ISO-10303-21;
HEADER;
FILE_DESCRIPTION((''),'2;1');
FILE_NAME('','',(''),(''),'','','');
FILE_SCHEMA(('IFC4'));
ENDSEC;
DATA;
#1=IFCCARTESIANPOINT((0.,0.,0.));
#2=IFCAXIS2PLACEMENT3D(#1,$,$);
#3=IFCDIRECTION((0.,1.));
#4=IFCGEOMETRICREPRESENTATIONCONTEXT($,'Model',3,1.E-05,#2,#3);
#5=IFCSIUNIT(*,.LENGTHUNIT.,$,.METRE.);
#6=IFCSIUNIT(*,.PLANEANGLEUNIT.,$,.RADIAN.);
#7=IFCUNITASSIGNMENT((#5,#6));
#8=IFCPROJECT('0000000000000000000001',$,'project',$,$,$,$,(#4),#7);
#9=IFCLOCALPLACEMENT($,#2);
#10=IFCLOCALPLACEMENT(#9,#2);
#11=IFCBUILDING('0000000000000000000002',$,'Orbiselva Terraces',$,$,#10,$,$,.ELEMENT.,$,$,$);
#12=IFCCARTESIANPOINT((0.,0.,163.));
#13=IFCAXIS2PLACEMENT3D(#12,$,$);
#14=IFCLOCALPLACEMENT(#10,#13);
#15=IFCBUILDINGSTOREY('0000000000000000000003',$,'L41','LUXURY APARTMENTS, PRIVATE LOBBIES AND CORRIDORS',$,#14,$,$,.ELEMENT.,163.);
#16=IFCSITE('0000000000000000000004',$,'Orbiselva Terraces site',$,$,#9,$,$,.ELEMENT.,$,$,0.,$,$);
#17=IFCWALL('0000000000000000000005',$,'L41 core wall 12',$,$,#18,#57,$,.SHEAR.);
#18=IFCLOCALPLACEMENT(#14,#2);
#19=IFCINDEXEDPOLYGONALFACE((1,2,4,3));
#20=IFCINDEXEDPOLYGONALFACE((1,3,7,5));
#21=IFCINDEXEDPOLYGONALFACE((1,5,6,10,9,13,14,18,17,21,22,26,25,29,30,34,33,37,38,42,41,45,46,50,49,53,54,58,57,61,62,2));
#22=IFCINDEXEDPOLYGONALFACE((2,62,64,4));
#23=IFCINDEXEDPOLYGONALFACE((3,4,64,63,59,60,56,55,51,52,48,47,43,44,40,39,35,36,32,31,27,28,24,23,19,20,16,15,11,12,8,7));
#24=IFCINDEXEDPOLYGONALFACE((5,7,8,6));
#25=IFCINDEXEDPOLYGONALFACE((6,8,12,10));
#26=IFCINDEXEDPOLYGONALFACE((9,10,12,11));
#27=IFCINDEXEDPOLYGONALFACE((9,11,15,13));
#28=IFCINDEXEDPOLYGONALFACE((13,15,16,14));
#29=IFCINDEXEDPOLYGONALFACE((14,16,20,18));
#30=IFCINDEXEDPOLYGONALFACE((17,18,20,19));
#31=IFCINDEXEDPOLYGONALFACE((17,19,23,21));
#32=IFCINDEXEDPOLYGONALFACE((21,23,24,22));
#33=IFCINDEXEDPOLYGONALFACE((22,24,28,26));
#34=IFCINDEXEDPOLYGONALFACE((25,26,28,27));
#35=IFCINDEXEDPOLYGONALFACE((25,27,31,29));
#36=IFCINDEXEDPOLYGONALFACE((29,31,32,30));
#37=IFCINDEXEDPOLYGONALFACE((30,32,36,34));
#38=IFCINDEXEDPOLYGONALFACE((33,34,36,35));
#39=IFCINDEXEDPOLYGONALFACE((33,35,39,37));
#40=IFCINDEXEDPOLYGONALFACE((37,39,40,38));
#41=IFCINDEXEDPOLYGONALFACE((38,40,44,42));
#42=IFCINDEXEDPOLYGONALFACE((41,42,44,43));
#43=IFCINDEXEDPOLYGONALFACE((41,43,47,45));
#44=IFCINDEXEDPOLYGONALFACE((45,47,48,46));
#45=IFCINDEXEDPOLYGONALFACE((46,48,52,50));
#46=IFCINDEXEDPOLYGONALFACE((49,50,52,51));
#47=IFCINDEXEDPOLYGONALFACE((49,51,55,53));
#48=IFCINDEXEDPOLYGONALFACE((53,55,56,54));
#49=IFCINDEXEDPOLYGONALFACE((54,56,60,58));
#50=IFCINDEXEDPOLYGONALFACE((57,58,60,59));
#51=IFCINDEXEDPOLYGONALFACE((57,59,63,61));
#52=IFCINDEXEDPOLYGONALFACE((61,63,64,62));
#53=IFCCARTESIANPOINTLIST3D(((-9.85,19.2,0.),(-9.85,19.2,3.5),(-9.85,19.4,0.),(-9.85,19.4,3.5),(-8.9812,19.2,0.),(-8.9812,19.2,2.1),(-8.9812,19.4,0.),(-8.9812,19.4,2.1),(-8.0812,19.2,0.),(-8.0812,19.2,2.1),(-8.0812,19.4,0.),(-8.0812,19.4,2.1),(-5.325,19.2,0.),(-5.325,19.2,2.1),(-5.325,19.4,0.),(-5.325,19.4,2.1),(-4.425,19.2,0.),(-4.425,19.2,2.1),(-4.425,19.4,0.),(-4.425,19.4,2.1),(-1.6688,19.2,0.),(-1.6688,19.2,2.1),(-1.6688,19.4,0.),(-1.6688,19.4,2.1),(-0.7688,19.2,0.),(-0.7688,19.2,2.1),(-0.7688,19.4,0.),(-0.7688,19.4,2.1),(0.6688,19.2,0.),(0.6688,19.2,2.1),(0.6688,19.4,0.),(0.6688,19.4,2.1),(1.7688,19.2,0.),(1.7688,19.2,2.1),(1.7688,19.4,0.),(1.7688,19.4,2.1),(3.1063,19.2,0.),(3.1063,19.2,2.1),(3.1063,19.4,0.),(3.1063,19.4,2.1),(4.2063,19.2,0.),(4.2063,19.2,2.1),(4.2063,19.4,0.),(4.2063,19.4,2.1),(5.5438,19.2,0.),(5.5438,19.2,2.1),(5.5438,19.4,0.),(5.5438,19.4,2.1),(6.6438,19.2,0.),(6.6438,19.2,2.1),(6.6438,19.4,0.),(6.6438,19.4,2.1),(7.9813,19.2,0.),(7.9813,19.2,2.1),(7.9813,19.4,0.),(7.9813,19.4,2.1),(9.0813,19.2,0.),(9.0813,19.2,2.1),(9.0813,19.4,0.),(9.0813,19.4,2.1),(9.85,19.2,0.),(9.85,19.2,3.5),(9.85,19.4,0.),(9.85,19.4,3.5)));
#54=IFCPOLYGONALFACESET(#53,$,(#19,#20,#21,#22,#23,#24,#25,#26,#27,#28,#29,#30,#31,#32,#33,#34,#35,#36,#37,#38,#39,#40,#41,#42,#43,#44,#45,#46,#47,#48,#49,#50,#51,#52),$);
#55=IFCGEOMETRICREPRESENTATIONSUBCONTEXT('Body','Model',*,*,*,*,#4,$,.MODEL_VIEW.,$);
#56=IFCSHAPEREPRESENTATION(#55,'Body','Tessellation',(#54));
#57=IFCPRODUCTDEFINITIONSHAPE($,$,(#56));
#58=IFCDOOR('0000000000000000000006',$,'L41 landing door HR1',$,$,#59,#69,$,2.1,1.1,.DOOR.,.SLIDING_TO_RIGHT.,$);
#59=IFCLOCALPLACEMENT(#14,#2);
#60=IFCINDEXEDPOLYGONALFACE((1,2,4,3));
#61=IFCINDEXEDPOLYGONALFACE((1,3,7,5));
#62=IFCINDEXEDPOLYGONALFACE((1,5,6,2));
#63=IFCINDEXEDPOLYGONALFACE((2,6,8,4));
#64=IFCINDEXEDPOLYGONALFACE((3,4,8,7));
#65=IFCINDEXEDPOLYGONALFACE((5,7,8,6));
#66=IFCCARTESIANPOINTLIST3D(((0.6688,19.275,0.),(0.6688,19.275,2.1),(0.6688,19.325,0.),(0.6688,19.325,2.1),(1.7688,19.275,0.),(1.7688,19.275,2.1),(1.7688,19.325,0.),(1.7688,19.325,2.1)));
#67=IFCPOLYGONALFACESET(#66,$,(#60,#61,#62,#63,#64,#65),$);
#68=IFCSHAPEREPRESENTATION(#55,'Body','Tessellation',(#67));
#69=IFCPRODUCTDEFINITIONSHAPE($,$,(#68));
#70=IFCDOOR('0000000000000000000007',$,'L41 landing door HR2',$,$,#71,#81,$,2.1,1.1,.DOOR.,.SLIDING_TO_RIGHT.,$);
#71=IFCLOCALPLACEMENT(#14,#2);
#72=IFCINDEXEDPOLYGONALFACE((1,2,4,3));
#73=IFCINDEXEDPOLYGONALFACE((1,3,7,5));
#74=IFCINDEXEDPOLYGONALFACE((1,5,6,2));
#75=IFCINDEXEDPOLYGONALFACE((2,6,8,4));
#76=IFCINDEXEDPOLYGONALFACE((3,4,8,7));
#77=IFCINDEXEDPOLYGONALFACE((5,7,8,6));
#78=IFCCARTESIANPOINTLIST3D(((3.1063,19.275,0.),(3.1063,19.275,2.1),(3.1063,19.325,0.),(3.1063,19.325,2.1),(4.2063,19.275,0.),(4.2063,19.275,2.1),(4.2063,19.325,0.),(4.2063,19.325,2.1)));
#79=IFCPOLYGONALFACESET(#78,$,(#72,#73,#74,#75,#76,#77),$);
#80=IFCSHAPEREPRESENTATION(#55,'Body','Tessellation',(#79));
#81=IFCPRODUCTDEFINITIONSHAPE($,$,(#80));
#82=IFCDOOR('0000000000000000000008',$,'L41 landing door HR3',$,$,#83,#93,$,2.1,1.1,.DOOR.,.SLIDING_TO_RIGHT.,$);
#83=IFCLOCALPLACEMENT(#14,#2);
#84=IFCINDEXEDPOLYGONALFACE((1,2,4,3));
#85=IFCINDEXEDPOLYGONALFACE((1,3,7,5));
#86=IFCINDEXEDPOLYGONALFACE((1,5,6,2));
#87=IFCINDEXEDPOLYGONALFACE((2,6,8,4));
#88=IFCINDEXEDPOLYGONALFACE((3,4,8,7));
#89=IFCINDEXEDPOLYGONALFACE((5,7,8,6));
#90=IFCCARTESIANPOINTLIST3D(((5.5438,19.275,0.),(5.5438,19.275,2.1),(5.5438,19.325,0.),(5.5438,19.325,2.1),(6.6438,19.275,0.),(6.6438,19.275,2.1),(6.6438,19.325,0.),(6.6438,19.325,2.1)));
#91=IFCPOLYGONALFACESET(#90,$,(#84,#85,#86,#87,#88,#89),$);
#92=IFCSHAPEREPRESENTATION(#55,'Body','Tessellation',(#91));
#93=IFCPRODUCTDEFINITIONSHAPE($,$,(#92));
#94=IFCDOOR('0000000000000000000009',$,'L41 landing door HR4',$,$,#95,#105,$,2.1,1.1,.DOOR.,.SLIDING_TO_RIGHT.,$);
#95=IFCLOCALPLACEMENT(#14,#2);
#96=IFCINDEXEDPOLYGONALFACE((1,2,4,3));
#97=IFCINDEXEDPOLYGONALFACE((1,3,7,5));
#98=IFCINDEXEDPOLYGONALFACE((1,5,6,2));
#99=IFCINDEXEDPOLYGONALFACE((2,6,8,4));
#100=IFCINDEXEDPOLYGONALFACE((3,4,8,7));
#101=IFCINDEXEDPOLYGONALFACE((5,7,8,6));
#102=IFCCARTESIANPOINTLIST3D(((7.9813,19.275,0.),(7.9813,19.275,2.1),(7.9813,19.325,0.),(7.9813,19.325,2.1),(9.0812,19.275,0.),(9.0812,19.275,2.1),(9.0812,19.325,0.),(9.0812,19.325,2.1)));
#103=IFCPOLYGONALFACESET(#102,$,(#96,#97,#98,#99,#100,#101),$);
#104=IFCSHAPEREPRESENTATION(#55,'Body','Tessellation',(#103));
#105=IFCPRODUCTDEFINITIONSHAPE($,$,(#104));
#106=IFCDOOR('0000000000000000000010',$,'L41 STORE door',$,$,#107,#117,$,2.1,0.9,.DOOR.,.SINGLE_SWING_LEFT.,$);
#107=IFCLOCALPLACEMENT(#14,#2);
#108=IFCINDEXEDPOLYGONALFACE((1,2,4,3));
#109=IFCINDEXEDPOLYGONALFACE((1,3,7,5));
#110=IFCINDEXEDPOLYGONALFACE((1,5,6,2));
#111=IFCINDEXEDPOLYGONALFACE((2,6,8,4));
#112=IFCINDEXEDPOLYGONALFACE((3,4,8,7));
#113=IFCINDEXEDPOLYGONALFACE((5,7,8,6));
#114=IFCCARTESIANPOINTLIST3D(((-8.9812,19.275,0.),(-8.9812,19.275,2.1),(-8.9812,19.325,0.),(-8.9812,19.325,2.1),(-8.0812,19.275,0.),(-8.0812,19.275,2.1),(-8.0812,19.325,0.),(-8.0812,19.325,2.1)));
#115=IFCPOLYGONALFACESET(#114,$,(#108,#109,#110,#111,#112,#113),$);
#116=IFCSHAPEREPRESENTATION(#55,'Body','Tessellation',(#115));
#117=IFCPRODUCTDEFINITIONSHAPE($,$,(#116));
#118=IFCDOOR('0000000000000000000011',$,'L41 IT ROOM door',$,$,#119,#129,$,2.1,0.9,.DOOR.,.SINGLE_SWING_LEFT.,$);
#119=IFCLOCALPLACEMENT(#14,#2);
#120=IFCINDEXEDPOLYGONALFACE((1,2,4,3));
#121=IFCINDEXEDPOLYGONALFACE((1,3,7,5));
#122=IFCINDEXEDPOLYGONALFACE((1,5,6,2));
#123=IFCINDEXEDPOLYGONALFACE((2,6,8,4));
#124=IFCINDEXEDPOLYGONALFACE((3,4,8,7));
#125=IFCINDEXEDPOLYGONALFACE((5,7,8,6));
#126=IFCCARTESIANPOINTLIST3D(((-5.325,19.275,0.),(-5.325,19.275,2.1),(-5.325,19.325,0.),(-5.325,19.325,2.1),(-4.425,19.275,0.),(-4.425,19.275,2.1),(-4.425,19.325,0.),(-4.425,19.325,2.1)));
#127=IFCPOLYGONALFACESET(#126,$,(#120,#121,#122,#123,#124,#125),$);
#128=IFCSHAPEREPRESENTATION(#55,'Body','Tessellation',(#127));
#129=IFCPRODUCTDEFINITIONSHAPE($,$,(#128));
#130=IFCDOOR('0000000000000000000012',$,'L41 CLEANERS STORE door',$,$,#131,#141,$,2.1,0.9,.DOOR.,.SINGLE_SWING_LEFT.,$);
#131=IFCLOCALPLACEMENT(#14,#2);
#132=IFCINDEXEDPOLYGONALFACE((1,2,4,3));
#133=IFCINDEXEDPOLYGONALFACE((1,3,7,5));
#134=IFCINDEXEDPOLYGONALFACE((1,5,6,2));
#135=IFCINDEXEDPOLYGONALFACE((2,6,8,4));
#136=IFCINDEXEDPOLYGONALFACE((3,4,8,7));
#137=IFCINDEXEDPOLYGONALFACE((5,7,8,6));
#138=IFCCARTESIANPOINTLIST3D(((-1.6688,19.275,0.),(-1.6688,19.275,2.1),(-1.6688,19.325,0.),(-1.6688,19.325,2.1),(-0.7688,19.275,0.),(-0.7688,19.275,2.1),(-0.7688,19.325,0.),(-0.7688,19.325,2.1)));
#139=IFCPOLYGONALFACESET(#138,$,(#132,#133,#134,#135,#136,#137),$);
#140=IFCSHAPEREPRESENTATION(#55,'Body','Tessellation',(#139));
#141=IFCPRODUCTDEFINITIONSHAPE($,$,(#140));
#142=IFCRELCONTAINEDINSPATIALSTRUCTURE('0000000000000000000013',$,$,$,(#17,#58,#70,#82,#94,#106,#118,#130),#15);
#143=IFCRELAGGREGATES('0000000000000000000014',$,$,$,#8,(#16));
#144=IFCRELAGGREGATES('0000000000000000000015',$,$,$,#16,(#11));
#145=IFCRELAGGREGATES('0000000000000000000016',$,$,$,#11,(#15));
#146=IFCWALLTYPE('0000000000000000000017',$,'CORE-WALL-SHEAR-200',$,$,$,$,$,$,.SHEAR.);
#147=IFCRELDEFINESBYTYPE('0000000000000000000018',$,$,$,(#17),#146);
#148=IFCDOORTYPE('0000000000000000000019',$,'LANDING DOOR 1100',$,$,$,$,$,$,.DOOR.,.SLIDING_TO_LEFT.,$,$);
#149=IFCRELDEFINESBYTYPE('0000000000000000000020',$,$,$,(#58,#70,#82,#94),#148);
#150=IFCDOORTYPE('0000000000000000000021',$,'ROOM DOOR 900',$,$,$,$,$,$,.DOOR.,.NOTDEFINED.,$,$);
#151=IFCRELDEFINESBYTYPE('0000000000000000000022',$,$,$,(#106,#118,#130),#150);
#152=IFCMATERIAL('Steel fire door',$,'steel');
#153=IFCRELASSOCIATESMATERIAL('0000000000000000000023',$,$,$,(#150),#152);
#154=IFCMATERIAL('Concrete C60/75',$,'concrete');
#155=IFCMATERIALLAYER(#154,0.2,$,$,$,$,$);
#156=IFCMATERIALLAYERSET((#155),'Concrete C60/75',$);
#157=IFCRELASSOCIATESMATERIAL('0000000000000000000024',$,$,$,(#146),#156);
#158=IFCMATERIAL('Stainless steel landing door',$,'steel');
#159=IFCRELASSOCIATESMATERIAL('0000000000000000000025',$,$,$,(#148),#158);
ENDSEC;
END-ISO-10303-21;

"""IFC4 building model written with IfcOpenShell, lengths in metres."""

from ifc_helpers import new_model, si_unit, direction, frame, frame_2d, origin, place, context, subcontext, project, spatial, rectangle, extrude, material, layer, layer_set, type_object, element, fill, save


model = new_model("IFC4")

# Units and contexts
model_context = context("Model", 3, precision=1e-05, world=origin(), true_north=direction((0.0, 1.0)))
body_context = subcontext(model_context, "Body", "Model", "MODEL_VIEW")
ifc_project = project(units=[si_unit("LENGTHUNIT", "METRE"), si_unit("PLANEANGLEUNIT", "RADIAN")], contexts=[model_context])

# Site, building, storey
site_placement = place(None, origin())
site = spatial("IfcSite", under=ifc_project, at=site_placement, Name="Orbiselva Terraces site", CompositionType="ELEMENT", RefElevation=0.0)
building_placement = place(site_placement, origin())
building = spatial("IfcBuilding", under=site, at=building_placement, Name="Orbiselva Terraces", CompositionType="ELEMENT")
storey_placement = place(building_placement, frame((0.0, 0.0, 163.0)))
storey = spatial("IfcBuildingStorey", under=building, at=storey_placement, Name="L41", Description="LUXURY APARTMENTS, PRIVATE LOBBIES AND CORRIDORS", CompositionType="ELEMENT", Elevation=163.0)

# Shared definitions
ifc_material_1 = material(Name="Steel fire door", Category="steel")
door_type_1 = type_object("IfcDoorType", Name="ROOM DOOR 900", OperationType="NOTDEFINED", PredefinedType="DOOR", material=ifc_material_1)

# Shared definitions
ifc_material_2 = material(Name="Concrete C60/75", Category="concrete")
ifc_layer_1 = layer(ifc_material_2, 0.2)
ifc_layer_set_1 = layer_set([ifc_layer_1], Name="Concrete C60/75")
wall_type_1 = type_object("IfcWallType", Name="CORE-WALL-SHEAR-200", PredefinedType="SHEAR", material=ifc_layer_set_1)

# Wall, openings, doors
wall_1_placement = place(storey_placement, frame((-9.85, 19.3, 0.0), z_axis=(0.0, 0.0, 1.0), x_axis=(1.0, 0.0, 0.0)))
wall_1 = element("IfcWall", 1, at=wall_1_placement, inside=storey, type_object=wall_type_1, Name="L41 core wall 12", PredefinedType="SHEAR", context=body_context, shape_type="SweptSolid", body=[
    extrude(rectangle(XDim=19.7, YDim=0.2, at=frame_2d((9.85, 0.0))), origin(), (0.0, 0.0, 1.0), 3.5),
])
opening_1_placement = place(wall_1_placement, frame((10.5188, 0.0, 0.0)))
opening_1 = element("IfcOpeningElement", 2, at=opening_1_placement, cuts=wall_1, PredefinedType="OPENING", context=body_context, shape_type="SweptSolid", body=[
    extrude(rectangle(XDim=1.1, YDim=2.1, at=frame_2d((0.55, 1.05))), frame((0.0, 0.11, 0.0), z_axis=(0.0, -1.0, 0.0), x_axis=(1.0, 0.0, 0.0)), (0.0, 0.0, 1.0), 0.22),
])
opening_2_placement = place(wall_1_placement, frame((12.9563, 0.0, 0.0)))
opening_2 = element("IfcOpeningElement", 3, at=opening_2_placement, cuts=wall_1, PredefinedType="OPENING", context=body_context, shape_type="SweptSolid", body=[
    extrude(rectangle(XDim=1.1, YDim=2.1, at=frame_2d((0.55, 1.05))), frame((0.0, 0.11, 0.0), z_axis=(0.0, -1.0, 0.0), x_axis=(1.0, 0.0, 0.0)), (0.0, 0.0, 1.0), 0.22),
])
opening_3_placement = place(wall_1_placement, frame((15.3938, 0.0, 0.0)))
opening_3 = element("IfcOpeningElement", 4, at=opening_3_placement, cuts=wall_1, PredefinedType="OPENING", context=body_context, shape_type="SweptSolid", body=[
    extrude(rectangle(XDim=1.1, YDim=2.1, at=frame_2d((0.55, 1.05))), frame((0.0, 0.11, 0.0), z_axis=(0.0, -1.0, 0.0), x_axis=(1.0, 0.0, 0.0)), (0.0, 0.0, 1.0), 0.22),
])
opening_4_placement = place(wall_1_placement, frame((17.8313, 0.0, 0.0)))
opening_4 = element("IfcOpeningElement", 5, at=opening_4_placement, cuts=wall_1, PredefinedType="OPENING", context=body_context, shape_type="SweptSolid", body=[
    extrude(rectangle(XDim=1.1, YDim=2.1, at=frame_2d((0.55, 1.05))), frame((0.0, 0.11, 0.0), z_axis=(0.0, -1.0, 0.0), x_axis=(1.0, 0.0, 0.0)), (0.0, 0.0, 1.0), 0.22),
])
opening_5_placement = place(wall_1_placement, frame((0.8688, 0.0, 0.0)))
opening_5 = element("IfcOpeningElement", 6, at=opening_5_placement, cuts=wall_1, PredefinedType="OPENING", context=body_context, shape_type="SweptSolid", body=[
    extrude(rectangle(XDim=0.9, YDim=2.1, at=frame_2d((0.45, 1.05))), frame((0.0, 0.11, 0.0), z_axis=(0.0, -1.0, 0.0), x_axis=(1.0, 0.0, 0.0)), (0.0, 0.0, 1.0), 0.22),
])
opening_6_placement = place(wall_1_placement, frame((4.525, 0.0, 0.0)))
opening_6 = element("IfcOpeningElement", 7, at=opening_6_placement, cuts=wall_1, PredefinedType="OPENING", context=body_context, shape_type="SweptSolid", body=[
    extrude(rectangle(XDim=0.9, YDim=2.1, at=frame_2d((0.45, 1.05))), frame((0.0, 0.11, 0.0), z_axis=(0.0, -1.0, 0.0), x_axis=(1.0, 0.0, 0.0)), (0.0, 0.0, 1.0), 0.22),
])
opening_7_placement = place(wall_1_placement, frame((8.1812, 0.0, 0.0)))
opening_7 = element("IfcOpeningElement", 8, at=opening_7_placement, cuts=wall_1, PredefinedType="OPENING", context=body_context, shape_type="SweptSolid", body=[
    extrude(rectangle(XDim=0.9, YDim=2.1, at=frame_2d((0.45, 1.05))), frame((0.0, 0.11, 0.0), z_axis=(0.0, -1.0, 0.0), x_axis=(1.0, 0.0, 0.0)), (0.0, 0.0, 1.0), 0.22),
])
ifc_material_3 = material(Name="Stainless steel landing door", Category="steel")
door_type_2 = type_object("IfcDoorType", Name="LANDING DOOR 1100", OperationType="SLIDING_TO_LEFT", PredefinedType="DOOR", material=ifc_material_3)
door_1_placement = place(opening_1_placement, origin())
door_1 = element("IfcDoor", 9, at=door_1_placement, inside=storey, type_object=door_type_2, Name="L41 landing door HR1", OperationType="SLIDING_TO_RIGHT", OverallHeight=2.1, OverallWidth=1.1, PredefinedType="DOOR", context=body_context, shape_type="SweptSolid", body=[
    extrude(rectangle(XDim=1.1, YDim=2.1, at=frame_2d((0.55, 1.05))), frame((0.0, 0.025, 0.0), z_axis=(0.0, -1.0, 0.0), x_axis=(1.0, 0.0, 0.0)), (0.0, 0.0, 1.0), 0.05),
])
fill(opening_1, door_1)
door_2_placement = place(opening_2_placement, origin())
door_2 = element("IfcDoor", 10, at=door_2_placement, inside=storey, type_object=door_type_2, Name="L41 landing door HR2", OperationType="SLIDING_TO_RIGHT", OverallHeight=2.1, OverallWidth=1.1, PredefinedType="DOOR", context=body_context, shape_type="SweptSolid", body=[
    extrude(rectangle(XDim=1.1, YDim=2.1, at=frame_2d((0.55, 1.05))), frame((0.0, 0.025, 0.0), z_axis=(0.0, -1.0, 0.0), x_axis=(1.0, 0.0, 0.0)), (0.0, 0.0, 1.0), 0.05),
])
fill(opening_2, door_2)
door_3_placement = place(opening_3_placement, origin())
door_3 = element("IfcDoor", 11, at=door_3_placement, inside=storey, type_object=door_type_2, Name="L41 landing door HR3", OperationType="SLIDING_TO_RIGHT", OverallHeight=2.1, OverallWidth=1.1, PredefinedType="DOOR", context=body_context, shape_type="SweptSolid", body=[
    extrude(rectangle(XDim=1.1, YDim=2.1, at=frame_2d((0.55, 1.05))), frame((0.0, 0.025, 0.0), z_axis=(0.0, -1.0, 0.0), x_axis=(1.0, 0.0, 0.0)), (0.0, 0.0, 1.0), 0.05),
])
fill(opening_3, door_3)
door_4_placement = place(opening_4_placement, origin())
door_4 = element("IfcDoor", 12, at=door_4_placement, inside=storey, type_object=door_type_2, Name="L41 landing door HR4", OperationType="SLIDING_TO_RIGHT", OverallHeight=2.1, OverallWidth=1.1, PredefinedType="DOOR", context=body_context, shape_type="SweptSolid", body=[
    extrude(rectangle(XDim=1.1, YDim=2.1, at=frame_2d((0.55, 1.05))), frame((0.0, 0.025, 0.0), z_axis=(0.0, -1.0, 0.0), x_axis=(1.0, 0.0, 0.0)), (0.0, 0.0, 1.0), 0.05),
])
fill(opening_4, door_4)
door_5_placement = place(opening_5_placement, origin())
door_5 = element("IfcDoor", 13, at=door_5_placement, inside=storey, type_object=door_type_1, Name="L41 STORE door", OperationType="SINGLE_SWING_LEFT", OverallHeight=2.1, OverallWidth=0.9, PredefinedType="DOOR", context=body_context, shape_type="SweptSolid", body=[
    extrude(rectangle(XDim=0.9, YDim=2.1, at=frame_2d((0.45, 1.05))), frame((0.0, 0.025, 0.0), z_axis=(0.0, -1.0, 0.0), x_axis=(1.0, 0.0, 0.0)), (0.0, 0.0, 1.0), 0.05),
])
fill(opening_5, door_5)
door_6_placement = place(opening_6_placement, origin())
door_6 = element("IfcDoor", 14, at=door_6_placement, inside=storey, type_object=door_type_1, Name="L41 IT ROOM door", OperationType="SINGLE_SWING_LEFT", OverallHeight=2.1, OverallWidth=0.9, PredefinedType="DOOR", context=body_context, shape_type="SweptSolid", body=[
    extrude(rectangle(XDim=0.9, YDim=2.1, at=frame_2d((0.45, 1.05))), frame((0.0, 0.025, 0.0), z_axis=(0.0, -1.0, 0.0), x_axis=(1.0, 0.0, 0.0)), (0.0, 0.0, 1.0), 0.05),
])
fill(opening_6, door_6)
door_7_placement = place(opening_7_placement, origin())
door_7 = element("IfcDoor", 15, at=door_7_placement, inside=storey, type_object=door_type_1, Name="L41 CLEANERS STORE door", OperationType="SINGLE_SWING_LEFT", OverallHeight=2.1, OverallWidth=0.9, PredefinedType="DOOR", context=body_context, shape_type="SweptSolid", body=[
    extrude(rectangle(XDim=0.9, YDim=2.1, at=frame_2d((0.45, 1.05))), frame((0.0, 0.025, 0.0), z_axis=(0.0, -1.0, 0.0), x_axis=(1.0, 0.0, 0.0)), (0.0, 0.0, 1.0), 0.05),
])
fill(opening_7, door_7)

save(model, "model.ifc")
